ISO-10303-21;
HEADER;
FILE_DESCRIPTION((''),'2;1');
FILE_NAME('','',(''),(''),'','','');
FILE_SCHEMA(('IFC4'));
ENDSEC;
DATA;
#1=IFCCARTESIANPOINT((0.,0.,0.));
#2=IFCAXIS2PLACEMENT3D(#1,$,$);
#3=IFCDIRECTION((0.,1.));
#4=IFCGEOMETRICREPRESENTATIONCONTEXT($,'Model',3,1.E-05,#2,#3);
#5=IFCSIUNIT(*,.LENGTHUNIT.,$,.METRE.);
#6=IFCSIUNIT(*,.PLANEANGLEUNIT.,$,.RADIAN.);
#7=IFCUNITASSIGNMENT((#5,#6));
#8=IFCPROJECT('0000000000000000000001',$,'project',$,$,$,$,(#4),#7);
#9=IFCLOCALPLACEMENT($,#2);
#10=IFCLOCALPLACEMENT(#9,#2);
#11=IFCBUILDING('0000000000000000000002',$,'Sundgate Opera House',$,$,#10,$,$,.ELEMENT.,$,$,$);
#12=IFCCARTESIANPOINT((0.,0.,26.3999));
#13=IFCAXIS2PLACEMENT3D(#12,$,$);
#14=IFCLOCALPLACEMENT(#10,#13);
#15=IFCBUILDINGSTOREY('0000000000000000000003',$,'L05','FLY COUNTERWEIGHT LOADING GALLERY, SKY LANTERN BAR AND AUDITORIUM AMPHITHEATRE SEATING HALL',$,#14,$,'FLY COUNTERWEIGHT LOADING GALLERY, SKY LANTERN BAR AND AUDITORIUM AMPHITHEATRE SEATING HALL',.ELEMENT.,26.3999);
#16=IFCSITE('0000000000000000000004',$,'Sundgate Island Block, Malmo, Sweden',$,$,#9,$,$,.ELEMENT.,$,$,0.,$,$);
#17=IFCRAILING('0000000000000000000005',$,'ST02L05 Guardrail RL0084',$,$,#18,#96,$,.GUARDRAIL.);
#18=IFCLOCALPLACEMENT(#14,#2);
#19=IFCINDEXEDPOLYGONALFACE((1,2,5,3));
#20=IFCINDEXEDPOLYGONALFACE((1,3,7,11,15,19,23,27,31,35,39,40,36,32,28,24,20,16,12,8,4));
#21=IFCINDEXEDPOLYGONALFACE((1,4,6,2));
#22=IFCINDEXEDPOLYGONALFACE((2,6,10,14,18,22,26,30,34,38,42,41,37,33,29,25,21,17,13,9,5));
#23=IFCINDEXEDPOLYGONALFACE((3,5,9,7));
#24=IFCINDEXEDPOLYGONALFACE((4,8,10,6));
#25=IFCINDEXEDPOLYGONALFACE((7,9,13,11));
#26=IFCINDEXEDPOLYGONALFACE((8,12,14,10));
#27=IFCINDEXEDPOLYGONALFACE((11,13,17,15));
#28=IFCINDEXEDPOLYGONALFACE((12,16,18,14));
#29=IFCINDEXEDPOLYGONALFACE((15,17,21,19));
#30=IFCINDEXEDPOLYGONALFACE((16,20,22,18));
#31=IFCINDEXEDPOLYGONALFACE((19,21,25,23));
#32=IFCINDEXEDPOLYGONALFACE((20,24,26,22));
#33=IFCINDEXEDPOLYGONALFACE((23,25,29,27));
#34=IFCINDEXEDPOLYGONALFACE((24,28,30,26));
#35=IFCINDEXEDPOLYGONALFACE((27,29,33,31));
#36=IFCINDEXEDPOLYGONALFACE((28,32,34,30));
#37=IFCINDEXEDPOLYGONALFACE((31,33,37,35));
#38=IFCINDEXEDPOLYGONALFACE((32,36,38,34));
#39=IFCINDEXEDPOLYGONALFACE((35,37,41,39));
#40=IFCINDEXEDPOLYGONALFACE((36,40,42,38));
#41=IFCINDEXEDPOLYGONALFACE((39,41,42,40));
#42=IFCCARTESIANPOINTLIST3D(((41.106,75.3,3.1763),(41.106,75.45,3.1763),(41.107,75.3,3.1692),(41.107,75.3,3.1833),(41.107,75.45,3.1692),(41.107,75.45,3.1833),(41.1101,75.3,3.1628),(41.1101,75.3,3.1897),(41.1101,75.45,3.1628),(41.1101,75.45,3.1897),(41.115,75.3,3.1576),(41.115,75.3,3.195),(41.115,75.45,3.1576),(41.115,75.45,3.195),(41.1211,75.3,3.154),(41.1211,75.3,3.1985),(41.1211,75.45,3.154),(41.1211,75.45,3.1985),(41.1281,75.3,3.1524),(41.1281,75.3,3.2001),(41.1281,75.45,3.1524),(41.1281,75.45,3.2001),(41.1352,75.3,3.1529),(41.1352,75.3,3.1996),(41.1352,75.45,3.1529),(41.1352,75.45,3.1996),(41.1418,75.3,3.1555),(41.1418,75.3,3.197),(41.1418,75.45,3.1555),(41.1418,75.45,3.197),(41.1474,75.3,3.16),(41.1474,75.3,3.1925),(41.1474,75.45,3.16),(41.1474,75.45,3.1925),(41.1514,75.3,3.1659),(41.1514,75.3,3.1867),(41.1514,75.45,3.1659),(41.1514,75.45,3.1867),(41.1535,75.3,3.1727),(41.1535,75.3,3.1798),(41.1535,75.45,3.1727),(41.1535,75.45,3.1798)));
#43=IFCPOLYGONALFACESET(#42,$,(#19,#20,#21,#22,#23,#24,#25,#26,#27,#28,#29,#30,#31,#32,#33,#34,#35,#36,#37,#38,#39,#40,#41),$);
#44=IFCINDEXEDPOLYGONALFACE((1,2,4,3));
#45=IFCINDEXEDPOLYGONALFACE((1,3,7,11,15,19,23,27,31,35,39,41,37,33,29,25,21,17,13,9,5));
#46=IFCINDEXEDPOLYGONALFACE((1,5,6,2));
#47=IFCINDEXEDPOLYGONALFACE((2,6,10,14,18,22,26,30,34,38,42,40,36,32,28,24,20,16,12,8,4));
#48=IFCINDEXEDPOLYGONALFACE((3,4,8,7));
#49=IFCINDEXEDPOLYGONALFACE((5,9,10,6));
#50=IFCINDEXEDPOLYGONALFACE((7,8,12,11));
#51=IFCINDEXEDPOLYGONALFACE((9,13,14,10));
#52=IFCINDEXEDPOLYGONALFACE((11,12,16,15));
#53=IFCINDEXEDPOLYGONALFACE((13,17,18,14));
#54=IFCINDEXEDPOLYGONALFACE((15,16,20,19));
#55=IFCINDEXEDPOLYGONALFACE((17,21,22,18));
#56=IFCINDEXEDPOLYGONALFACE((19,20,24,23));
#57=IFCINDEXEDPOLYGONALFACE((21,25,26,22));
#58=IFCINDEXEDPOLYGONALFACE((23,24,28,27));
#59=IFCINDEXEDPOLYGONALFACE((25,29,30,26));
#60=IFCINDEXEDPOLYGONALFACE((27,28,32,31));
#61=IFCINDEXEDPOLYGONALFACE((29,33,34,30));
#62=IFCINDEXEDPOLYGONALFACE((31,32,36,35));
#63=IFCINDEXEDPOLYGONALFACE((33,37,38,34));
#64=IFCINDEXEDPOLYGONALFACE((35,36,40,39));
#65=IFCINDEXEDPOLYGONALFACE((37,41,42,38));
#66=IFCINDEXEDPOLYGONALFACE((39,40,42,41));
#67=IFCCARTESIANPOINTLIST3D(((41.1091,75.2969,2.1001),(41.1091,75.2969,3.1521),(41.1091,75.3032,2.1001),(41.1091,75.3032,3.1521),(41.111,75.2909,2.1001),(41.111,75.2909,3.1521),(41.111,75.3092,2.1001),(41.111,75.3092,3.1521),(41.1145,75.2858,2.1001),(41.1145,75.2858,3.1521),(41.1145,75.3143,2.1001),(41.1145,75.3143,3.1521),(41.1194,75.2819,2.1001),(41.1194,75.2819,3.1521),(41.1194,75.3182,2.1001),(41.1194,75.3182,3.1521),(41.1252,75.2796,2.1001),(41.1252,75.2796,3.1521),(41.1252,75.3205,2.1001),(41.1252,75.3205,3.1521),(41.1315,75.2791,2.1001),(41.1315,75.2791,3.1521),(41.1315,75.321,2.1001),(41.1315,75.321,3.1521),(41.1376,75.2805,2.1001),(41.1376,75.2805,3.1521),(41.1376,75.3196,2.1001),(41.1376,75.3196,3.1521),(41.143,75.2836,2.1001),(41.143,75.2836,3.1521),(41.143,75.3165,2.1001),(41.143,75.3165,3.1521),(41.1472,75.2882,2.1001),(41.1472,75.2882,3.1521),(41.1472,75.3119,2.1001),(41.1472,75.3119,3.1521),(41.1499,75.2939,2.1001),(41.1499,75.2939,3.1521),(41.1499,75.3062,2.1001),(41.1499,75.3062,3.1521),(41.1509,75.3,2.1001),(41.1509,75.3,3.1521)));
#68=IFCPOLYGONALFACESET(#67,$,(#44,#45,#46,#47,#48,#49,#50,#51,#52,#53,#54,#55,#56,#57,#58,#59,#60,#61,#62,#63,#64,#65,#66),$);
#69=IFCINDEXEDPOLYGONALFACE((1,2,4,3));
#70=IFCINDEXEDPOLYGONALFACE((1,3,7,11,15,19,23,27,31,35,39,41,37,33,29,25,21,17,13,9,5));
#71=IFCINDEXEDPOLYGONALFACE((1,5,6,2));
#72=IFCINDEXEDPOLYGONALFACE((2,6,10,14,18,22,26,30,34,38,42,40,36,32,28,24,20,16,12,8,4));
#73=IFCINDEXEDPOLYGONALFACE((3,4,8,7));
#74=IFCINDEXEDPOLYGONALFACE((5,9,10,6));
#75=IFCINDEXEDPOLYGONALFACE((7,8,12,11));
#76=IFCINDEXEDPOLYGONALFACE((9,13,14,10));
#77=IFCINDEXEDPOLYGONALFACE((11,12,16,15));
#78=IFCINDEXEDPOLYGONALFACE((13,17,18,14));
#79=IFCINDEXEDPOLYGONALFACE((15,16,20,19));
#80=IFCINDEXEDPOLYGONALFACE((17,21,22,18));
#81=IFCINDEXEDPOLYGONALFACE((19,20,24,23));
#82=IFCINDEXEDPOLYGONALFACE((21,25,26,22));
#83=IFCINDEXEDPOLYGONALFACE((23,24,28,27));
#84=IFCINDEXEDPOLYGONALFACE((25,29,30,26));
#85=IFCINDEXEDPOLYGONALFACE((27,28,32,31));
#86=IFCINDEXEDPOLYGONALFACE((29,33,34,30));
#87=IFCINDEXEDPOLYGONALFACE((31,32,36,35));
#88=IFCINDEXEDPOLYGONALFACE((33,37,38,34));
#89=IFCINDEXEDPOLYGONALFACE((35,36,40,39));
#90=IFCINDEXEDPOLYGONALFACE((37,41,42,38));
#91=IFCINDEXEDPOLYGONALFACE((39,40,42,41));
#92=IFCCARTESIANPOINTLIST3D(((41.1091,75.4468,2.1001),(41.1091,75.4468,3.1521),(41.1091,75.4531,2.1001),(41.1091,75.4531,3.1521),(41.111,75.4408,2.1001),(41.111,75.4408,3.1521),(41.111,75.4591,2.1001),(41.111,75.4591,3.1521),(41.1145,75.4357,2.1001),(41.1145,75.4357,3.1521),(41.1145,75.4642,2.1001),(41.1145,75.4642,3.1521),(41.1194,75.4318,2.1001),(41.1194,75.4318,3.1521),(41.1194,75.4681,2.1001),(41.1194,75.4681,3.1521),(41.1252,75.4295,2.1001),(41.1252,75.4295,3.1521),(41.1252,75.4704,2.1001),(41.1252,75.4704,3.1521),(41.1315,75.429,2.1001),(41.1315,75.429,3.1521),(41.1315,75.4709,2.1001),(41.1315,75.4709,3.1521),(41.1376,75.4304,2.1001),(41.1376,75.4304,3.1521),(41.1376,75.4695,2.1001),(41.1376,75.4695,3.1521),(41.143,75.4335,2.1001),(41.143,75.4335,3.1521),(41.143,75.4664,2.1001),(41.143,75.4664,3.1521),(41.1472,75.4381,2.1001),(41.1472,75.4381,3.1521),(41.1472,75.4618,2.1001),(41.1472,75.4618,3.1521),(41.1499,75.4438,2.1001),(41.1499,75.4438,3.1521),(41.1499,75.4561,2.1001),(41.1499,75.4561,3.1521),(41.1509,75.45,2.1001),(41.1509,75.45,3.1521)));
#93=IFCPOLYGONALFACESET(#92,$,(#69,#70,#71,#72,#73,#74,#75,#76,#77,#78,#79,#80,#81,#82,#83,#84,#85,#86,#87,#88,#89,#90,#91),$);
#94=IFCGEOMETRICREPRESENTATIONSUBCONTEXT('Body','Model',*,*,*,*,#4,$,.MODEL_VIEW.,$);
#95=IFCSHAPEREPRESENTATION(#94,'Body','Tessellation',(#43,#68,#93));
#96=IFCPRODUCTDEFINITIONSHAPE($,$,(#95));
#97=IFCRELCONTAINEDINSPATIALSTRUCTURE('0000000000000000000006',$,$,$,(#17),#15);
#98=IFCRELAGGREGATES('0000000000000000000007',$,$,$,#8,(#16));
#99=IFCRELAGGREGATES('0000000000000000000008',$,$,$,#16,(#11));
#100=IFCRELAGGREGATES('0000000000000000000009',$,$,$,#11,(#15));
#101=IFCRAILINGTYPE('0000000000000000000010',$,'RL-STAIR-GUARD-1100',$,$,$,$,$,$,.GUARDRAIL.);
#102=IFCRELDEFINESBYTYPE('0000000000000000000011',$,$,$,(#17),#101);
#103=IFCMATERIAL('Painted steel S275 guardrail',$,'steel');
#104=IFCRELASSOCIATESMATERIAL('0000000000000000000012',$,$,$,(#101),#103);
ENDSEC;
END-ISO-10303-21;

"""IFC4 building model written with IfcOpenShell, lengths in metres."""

from ifc_helpers import new_model, si_unit, direction, frame, origin, origin_2d, place, context, subcontext, project, spatial, circle, extrude, material, type_object, element, save


model = new_model("IFC4")

# Units and contexts
model_context = context("Model", 3, precision=1e-05, world=origin(), true_north=direction((0.0, 1.0)))
body_context = subcontext(model_context, "Body", "Model", "MODEL_VIEW")
ifc_project = project(units=[si_unit("LENGTHUNIT", "METRE"), si_unit("PLANEANGLEUNIT", "RADIAN")], contexts=[model_context])

# Site, building, storey
site_placement = place(None, origin())
site = spatial("IfcSite", under=ifc_project, at=site_placement, Name="Sundgate Island Block, Malmo, Sweden", CompositionType="ELEMENT", RefElevation=0.0)
building_placement = place(site_placement, origin())
building = spatial("IfcBuilding", under=site, at=building_placement, Name="Sundgate Opera House", CompositionType="ELEMENT")
storey_placement = place(building_placement, frame((0.0, 0.0, 26.3999)))
storey = spatial("IfcBuildingStorey", under=building, at=storey_placement, Name="L05", Description="FLY COUNTERWEIGHT LOADING GALLERY, SKY LANTERN BAR AND AUDITORIUM AMPHITHEATRE SEATING HALL", LongName="FLY COUNTERWEIGHT LOADING GALLERY, SKY LANTERN BAR AND AUDITORIUM AMPHITHEATRE SEATING HALL", CompositionType="ELEMENT", Elevation=26.3999)

# Railing
ifc_material_1 = material(Name="Painted steel S275 guardrail", Category="steel")
railing_type_1 = type_object("IfcRailingType", Name="RL-STAIR-GUARD-1100", PredefinedType="GUARDRAIL", material=ifc_material_1)
railing_1_placement = place(storey_placement, frame((41.1299, 75.3, 2.1001)))
element("IfcRailing", 1, at=railing_1_placement, inside=storey, type_object=railing_type_1, Name="ST02L05 Guardrail RL0084", PredefinedType="GUARDRAIL", context=body_context, shape_type="SweptSolid", body=[
    extrude(circle(Radius=0.0239, at=origin_2d()), frame((0.0, 0.0, 1.0762), z_axis=(0.0, 1.0, 0.0), x_axis=(-1.0, 0.0, 0.0)), (0.0, 0.0, 1.0), 0.1499),
    extrude(circle(Radius=0.021, at=origin_2d()), origin(), (0.0, 0.0, 1.0), 1.052),
    extrude(circle(Radius=0.021, at=origin_2d()), frame((0.0, 0.1499, 0.0)), (0.0, 0.0, 1.0), 1.052),
])

save(model, "model.ifc")
